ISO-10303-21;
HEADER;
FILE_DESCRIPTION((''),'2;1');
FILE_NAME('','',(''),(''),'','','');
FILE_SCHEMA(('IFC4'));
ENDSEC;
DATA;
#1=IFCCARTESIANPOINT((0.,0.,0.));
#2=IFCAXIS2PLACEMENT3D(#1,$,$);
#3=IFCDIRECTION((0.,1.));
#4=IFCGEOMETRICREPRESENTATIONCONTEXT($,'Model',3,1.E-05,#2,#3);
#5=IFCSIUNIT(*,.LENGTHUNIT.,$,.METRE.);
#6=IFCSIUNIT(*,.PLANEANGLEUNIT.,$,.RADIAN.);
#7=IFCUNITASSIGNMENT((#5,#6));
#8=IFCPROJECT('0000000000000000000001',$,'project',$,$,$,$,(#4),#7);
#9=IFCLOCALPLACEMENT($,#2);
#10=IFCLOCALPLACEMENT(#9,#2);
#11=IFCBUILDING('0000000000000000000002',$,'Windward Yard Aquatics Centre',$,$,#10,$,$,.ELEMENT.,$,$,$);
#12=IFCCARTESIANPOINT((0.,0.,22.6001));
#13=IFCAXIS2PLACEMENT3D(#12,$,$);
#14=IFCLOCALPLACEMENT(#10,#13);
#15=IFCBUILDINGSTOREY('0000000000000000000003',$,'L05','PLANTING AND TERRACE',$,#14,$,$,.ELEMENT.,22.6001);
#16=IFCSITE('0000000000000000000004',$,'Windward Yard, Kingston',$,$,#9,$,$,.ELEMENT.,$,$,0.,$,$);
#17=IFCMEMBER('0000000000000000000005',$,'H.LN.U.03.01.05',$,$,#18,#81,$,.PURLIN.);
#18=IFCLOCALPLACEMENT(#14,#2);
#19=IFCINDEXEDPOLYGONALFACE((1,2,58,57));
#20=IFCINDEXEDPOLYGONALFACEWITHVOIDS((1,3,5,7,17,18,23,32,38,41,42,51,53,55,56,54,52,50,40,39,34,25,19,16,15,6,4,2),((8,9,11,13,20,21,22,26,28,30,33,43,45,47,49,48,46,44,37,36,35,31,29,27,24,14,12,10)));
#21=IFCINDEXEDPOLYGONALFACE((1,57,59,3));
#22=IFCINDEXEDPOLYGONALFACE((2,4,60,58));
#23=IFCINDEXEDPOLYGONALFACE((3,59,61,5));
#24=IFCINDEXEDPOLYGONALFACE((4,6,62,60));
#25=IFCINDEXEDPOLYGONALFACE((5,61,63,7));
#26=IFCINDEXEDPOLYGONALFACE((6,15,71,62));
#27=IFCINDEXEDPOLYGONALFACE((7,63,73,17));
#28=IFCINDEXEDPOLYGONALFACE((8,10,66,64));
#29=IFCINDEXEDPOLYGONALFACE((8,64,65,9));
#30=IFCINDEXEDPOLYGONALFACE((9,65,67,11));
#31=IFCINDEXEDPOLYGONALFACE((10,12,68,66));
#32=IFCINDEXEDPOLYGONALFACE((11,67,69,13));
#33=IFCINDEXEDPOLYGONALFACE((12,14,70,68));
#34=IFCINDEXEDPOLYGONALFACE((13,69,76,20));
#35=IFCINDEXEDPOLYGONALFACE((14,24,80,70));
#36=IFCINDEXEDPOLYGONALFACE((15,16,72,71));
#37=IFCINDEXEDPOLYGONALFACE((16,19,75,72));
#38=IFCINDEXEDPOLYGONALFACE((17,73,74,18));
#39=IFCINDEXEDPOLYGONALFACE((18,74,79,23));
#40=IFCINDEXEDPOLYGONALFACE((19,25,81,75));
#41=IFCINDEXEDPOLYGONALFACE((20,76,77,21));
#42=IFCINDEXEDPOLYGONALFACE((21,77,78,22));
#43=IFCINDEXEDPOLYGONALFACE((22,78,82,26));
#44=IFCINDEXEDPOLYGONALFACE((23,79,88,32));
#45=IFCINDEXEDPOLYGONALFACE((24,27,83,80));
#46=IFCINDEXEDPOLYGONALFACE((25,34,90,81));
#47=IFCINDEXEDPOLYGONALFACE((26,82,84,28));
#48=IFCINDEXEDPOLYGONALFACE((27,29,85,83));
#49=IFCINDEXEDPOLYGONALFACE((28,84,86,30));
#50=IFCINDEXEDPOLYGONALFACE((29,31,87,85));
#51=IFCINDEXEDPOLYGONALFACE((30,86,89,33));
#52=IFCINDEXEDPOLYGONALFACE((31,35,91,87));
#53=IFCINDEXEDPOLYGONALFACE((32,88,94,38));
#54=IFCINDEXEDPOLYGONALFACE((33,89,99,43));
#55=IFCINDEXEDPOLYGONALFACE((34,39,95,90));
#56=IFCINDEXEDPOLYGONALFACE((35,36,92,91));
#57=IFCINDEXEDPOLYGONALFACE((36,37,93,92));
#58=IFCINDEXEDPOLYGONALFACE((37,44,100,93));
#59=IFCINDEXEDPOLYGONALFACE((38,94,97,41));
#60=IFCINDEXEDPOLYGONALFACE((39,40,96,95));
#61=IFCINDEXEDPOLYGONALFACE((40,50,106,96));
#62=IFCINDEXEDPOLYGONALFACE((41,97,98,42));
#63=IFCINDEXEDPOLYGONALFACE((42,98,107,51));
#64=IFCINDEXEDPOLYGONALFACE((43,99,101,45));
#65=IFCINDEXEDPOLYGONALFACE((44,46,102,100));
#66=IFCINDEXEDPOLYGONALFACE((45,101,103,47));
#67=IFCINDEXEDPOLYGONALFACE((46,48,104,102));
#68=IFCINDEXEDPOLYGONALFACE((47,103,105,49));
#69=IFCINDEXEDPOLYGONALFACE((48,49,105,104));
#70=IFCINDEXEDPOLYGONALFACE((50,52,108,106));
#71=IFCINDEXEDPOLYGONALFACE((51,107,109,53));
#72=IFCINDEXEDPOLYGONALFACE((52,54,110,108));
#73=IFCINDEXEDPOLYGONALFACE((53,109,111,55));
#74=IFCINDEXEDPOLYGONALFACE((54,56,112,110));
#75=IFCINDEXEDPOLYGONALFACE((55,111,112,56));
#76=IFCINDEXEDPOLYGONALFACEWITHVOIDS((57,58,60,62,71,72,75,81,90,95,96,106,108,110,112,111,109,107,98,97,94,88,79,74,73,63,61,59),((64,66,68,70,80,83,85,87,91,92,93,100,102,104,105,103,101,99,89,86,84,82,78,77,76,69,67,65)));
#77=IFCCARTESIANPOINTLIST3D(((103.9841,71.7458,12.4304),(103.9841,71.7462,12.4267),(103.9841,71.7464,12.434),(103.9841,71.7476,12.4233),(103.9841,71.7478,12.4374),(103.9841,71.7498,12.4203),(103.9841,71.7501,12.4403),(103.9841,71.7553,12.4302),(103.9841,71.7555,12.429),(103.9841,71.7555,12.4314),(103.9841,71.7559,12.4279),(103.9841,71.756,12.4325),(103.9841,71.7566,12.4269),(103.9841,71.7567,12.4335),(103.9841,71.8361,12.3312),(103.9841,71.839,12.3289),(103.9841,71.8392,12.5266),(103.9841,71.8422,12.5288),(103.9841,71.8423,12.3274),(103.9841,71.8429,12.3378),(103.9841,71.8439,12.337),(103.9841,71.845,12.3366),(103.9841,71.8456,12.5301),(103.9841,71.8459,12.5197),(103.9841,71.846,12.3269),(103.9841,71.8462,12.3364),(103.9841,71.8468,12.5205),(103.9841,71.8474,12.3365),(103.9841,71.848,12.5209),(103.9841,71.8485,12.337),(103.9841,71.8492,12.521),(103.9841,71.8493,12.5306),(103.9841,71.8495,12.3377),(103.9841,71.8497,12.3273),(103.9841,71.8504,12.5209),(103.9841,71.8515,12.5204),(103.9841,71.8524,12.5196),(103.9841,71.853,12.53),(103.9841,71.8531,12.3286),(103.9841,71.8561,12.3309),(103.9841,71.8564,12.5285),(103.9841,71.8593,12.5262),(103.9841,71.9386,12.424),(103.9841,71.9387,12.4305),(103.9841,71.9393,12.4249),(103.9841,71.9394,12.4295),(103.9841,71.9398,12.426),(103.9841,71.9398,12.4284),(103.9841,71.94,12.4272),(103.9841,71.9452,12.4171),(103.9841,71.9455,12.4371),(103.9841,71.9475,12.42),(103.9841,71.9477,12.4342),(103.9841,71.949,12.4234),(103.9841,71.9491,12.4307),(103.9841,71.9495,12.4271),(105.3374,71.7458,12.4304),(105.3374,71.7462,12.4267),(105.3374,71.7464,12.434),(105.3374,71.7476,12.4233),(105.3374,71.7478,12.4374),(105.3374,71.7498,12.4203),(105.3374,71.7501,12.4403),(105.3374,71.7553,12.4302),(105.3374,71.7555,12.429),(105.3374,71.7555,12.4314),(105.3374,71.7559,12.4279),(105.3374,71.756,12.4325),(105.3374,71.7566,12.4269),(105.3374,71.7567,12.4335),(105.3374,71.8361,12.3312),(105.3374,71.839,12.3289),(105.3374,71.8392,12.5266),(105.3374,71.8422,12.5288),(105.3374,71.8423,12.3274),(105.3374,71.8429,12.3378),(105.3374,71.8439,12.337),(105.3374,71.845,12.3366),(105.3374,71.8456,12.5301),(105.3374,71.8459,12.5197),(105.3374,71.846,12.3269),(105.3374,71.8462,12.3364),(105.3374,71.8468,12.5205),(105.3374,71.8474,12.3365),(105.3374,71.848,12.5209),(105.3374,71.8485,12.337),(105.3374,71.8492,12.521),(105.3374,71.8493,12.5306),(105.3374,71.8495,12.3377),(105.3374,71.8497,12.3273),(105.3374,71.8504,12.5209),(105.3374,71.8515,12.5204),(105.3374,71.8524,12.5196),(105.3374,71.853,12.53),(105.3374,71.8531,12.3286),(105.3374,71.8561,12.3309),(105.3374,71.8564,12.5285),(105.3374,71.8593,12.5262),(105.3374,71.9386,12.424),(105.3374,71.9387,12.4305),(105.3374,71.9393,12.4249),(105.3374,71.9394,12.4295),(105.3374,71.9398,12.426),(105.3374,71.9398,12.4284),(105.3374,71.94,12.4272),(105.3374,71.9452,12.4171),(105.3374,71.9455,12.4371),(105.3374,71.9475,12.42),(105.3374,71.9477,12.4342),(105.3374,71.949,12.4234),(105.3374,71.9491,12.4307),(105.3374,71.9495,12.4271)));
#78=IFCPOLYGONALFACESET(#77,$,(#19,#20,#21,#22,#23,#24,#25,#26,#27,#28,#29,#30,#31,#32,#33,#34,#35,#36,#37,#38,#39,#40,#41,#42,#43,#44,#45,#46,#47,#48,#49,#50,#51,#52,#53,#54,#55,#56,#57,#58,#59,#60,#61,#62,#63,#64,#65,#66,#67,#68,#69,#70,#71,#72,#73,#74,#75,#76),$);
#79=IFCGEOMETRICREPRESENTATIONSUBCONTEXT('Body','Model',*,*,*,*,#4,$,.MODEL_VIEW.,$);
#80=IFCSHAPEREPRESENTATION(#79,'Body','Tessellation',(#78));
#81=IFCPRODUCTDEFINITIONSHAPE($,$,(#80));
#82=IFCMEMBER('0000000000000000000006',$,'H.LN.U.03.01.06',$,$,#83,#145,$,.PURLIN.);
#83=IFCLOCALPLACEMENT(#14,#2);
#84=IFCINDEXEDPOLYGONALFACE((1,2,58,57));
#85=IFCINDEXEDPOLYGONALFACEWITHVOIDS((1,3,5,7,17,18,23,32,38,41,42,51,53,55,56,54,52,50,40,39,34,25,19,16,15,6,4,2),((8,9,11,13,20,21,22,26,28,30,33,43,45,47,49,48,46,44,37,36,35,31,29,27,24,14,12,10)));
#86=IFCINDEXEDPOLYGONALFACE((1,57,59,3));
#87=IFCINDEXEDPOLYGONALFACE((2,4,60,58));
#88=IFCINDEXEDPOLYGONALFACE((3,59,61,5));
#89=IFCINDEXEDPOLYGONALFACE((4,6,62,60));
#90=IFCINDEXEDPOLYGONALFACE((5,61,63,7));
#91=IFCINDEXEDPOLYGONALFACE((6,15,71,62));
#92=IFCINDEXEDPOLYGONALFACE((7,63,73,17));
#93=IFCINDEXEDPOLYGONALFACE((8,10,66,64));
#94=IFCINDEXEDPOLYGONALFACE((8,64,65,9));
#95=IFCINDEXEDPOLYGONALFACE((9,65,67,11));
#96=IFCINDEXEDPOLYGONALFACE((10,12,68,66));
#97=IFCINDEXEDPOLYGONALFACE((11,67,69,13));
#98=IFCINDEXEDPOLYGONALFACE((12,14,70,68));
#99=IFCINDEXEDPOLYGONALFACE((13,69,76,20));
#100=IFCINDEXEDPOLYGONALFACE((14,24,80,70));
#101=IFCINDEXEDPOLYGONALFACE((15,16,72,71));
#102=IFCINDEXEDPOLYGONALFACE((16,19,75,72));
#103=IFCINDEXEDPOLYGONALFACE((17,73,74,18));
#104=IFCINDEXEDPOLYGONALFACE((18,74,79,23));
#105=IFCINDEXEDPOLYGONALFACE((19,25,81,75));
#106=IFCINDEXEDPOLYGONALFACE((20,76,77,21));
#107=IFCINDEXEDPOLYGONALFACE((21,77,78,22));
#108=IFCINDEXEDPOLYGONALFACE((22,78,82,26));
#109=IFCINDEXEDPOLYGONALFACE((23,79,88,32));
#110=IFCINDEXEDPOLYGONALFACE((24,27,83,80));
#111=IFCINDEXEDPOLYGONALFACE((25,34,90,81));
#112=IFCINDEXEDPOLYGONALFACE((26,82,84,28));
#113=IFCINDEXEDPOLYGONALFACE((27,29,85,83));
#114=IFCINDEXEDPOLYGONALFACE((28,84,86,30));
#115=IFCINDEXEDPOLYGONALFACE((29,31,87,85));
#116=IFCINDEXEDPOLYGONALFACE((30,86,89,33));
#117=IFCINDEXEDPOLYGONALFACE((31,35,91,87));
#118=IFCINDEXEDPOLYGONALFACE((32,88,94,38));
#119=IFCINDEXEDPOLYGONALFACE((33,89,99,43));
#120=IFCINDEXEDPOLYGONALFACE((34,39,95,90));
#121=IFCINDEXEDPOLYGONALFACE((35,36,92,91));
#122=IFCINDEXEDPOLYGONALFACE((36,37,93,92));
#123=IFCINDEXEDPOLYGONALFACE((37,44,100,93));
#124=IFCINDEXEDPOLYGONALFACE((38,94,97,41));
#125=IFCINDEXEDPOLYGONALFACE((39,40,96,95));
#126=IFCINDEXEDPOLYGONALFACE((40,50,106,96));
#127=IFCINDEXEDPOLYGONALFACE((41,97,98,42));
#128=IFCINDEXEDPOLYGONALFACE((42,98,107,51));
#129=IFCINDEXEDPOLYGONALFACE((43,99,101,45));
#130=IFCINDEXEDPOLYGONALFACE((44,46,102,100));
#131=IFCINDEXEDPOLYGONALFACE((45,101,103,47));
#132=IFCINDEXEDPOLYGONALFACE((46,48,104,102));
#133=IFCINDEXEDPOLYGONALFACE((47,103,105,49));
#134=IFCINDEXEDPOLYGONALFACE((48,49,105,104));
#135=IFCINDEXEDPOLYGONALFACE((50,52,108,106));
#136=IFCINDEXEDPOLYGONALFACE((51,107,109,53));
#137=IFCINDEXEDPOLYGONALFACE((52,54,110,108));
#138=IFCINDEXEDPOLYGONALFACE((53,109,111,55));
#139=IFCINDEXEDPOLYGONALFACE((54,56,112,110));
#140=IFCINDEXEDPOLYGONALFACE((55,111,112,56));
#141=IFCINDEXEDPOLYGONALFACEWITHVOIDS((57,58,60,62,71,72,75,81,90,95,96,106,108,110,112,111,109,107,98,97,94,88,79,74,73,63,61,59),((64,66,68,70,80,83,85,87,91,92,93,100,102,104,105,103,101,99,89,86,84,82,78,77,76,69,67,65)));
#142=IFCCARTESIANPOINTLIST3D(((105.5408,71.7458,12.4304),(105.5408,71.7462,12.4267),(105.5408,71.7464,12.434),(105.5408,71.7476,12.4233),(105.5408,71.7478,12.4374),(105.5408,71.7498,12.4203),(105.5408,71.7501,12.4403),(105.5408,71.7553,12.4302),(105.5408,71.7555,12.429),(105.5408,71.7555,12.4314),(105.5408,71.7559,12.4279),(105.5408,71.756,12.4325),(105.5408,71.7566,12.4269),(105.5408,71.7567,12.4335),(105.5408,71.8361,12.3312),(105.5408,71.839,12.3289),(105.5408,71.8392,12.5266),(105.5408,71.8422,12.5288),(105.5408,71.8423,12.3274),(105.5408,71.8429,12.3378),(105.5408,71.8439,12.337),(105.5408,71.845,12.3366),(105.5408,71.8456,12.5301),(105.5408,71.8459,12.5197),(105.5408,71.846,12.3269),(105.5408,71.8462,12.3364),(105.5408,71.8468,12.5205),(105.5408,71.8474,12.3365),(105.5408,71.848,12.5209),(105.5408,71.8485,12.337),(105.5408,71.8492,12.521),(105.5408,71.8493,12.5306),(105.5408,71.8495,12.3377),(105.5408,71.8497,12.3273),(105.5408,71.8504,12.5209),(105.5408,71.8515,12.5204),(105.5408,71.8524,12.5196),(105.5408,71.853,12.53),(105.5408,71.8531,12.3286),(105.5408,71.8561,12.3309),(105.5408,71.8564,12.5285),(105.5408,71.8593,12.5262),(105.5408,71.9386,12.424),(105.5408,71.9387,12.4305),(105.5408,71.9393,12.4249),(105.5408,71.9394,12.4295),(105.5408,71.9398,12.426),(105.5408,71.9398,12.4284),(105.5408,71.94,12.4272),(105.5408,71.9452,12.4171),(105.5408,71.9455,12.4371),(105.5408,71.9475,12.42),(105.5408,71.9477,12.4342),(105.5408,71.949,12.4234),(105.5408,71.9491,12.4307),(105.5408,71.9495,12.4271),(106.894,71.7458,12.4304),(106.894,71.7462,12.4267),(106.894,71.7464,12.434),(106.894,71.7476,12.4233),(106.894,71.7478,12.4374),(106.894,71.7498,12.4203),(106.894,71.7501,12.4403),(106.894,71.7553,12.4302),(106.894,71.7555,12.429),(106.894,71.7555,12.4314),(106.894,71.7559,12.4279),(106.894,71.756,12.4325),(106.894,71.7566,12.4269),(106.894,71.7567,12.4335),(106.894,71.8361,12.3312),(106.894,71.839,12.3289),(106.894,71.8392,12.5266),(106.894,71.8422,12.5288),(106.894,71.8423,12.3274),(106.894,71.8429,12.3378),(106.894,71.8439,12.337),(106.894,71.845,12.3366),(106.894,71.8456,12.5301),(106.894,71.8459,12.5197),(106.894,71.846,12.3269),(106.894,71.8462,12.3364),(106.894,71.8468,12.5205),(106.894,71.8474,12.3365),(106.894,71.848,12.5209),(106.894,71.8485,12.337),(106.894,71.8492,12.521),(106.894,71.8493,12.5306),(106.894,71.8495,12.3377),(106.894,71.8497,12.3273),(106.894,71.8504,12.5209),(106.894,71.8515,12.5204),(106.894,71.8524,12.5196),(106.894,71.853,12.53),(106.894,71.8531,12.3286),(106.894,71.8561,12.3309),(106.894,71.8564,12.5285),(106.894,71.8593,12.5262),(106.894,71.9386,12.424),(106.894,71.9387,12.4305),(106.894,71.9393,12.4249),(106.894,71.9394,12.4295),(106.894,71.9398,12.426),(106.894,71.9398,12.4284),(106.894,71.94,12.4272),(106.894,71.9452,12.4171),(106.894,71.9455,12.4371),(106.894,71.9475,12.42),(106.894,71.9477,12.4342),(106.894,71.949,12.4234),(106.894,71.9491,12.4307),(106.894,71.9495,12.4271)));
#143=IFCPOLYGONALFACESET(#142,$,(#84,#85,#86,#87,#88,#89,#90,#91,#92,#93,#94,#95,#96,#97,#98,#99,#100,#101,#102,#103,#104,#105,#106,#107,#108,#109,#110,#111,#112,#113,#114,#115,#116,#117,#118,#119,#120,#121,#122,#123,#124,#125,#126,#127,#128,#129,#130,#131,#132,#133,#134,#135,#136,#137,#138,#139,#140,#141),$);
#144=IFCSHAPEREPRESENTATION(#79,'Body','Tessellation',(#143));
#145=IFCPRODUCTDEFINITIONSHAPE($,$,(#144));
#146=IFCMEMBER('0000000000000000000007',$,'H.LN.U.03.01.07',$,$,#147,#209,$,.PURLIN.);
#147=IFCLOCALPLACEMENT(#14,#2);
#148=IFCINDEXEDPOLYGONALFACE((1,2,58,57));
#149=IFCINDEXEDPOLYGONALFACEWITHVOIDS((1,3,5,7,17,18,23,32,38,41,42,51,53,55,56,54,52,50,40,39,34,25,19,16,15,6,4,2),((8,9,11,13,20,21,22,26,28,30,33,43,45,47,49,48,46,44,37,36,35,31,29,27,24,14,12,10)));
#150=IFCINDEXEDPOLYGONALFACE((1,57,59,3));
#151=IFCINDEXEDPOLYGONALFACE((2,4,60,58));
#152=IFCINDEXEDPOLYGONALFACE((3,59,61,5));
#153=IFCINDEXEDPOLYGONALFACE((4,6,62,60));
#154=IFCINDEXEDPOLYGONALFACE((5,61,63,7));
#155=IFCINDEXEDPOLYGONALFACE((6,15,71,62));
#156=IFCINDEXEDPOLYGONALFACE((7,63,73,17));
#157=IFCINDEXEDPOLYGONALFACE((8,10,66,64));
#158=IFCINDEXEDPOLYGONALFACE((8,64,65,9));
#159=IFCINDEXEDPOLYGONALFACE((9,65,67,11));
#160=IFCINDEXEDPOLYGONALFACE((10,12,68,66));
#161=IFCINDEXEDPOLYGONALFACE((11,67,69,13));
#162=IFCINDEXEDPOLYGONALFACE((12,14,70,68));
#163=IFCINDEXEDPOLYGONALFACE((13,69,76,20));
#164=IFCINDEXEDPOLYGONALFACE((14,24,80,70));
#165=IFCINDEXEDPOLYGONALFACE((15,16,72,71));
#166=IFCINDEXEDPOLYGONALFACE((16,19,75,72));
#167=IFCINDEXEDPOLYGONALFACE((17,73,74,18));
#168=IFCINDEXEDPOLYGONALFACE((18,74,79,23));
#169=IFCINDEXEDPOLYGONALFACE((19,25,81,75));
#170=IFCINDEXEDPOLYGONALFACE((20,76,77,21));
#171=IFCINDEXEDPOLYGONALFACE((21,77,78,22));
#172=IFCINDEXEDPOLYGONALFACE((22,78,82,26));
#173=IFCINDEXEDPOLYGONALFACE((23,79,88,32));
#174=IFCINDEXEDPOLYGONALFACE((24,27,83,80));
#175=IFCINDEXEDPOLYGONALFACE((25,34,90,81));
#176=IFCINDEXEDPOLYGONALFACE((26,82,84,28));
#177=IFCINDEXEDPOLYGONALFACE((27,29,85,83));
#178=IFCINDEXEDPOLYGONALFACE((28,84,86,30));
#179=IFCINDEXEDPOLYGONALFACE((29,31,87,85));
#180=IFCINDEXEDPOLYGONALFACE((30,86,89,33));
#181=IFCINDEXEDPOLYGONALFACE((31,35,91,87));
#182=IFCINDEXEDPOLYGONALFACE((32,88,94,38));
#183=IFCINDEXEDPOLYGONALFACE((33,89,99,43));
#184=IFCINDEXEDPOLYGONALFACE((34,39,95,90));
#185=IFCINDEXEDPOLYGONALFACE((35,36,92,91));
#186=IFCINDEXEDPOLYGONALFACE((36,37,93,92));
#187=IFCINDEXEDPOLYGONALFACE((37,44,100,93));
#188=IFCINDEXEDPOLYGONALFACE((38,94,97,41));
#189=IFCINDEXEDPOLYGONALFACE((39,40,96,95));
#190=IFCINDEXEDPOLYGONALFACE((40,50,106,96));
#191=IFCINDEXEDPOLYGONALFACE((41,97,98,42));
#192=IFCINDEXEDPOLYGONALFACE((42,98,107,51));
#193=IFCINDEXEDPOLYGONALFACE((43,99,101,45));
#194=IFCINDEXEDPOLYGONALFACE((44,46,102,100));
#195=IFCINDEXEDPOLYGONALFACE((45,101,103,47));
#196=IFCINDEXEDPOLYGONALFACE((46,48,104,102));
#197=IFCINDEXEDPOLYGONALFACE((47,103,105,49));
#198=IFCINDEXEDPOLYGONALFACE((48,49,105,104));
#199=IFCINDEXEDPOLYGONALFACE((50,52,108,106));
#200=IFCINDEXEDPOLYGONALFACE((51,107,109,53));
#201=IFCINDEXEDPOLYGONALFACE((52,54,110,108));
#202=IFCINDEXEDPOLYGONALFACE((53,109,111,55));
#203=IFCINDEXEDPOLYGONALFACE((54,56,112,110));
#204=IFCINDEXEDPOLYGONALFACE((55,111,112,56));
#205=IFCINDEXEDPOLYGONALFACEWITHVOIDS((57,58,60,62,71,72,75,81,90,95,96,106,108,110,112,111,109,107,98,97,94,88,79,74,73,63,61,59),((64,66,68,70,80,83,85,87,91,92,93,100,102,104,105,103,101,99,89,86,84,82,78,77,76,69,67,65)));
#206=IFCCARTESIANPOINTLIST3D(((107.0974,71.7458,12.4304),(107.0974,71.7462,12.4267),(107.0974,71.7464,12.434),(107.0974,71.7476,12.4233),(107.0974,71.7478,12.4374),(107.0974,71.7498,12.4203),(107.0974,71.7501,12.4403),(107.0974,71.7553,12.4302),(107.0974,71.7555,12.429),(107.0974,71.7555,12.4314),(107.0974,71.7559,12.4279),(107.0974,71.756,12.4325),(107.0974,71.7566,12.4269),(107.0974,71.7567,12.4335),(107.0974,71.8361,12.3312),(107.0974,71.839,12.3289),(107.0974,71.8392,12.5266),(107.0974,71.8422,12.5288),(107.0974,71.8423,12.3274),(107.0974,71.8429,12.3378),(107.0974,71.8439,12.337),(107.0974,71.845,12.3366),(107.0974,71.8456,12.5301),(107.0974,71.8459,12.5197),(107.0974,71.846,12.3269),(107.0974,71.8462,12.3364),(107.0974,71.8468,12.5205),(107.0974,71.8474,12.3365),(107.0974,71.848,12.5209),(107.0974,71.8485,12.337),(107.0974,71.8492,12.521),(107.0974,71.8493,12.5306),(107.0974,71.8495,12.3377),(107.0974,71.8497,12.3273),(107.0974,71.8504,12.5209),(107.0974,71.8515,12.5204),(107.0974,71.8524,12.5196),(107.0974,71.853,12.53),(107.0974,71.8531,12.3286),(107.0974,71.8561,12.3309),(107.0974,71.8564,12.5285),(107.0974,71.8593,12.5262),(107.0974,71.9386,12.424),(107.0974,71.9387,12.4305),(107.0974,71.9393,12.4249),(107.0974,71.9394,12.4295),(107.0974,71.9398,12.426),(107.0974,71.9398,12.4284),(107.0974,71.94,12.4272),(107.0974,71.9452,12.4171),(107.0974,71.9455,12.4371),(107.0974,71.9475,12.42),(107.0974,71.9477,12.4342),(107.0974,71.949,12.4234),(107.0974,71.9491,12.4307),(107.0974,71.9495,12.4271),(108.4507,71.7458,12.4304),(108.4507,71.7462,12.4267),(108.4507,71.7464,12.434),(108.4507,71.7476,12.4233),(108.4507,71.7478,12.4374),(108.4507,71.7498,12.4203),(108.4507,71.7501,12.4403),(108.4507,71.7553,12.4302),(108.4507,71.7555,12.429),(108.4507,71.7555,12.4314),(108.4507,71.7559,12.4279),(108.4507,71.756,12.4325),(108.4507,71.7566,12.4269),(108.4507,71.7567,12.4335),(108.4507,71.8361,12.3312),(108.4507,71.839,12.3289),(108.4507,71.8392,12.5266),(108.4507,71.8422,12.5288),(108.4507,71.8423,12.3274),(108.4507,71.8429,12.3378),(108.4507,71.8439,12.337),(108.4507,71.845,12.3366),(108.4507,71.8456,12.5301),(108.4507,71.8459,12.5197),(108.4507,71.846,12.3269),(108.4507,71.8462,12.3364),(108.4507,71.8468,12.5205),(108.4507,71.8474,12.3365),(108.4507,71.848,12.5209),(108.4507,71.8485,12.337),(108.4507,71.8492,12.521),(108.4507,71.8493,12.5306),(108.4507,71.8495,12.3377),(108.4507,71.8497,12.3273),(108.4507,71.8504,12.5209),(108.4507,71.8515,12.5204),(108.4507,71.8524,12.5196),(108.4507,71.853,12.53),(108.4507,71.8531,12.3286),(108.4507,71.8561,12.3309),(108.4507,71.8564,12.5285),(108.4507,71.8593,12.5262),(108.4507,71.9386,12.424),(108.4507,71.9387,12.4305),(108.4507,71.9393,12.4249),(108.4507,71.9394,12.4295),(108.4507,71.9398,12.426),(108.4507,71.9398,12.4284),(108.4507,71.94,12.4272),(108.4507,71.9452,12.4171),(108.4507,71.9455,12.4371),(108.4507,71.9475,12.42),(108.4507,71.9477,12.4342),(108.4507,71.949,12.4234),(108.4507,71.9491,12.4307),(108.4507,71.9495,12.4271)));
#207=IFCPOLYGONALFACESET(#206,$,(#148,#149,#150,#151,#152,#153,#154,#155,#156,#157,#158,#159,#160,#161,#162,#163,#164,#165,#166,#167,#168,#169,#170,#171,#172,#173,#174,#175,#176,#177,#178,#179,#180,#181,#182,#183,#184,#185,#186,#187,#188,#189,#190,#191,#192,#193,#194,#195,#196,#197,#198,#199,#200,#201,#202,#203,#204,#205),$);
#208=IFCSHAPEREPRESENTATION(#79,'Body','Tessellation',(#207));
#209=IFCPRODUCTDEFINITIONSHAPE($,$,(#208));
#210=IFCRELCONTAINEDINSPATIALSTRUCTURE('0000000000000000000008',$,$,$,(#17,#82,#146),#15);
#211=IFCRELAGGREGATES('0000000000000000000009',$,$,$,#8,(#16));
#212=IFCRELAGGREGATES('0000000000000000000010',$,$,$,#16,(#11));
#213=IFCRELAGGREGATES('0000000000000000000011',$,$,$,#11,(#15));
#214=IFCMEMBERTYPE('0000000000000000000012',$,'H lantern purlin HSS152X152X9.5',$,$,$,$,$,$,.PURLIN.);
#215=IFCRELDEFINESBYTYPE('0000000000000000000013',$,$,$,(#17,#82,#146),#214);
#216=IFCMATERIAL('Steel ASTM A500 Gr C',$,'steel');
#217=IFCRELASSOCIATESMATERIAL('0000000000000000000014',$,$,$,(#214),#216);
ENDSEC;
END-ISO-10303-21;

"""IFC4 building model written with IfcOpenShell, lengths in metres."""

from ifc_helpers import new_model, si_unit, direction, frame, origin, origin_2d, place, context, subcontext, project, spatial, hollow_rectangle, extrude, material, material_profile, profile_set, type_object, element, save


model = new_model("IFC4")

# Units and contexts
model_context = context("Model", 3, precision=1e-05, world=origin(), true_north=direction((0.0, 1.0)))
body_context = subcontext(model_context, "Body", "Model", "MODEL_VIEW")
ifc_project = project(units=[si_unit("LENGTHUNIT", "METRE"), si_unit("PLANEANGLEUNIT", "RADIAN")], contexts=[model_context])

# Site, building, storey
site_placement = place(None, origin())
site = spatial("IfcSite", under=ifc_project, at=site_placement, Name="Windward Yard, Kingston", CompositionType="ELEMENT", RefElevation=0.0)
building_placement = place(site_placement, origin())
building = spatial("IfcBuilding", under=site, at=building_placement, Name="Windward Yard Aquatics Centre", CompositionType="ELEMENT")
storey_placement = place(building_placement, frame((0.0, 0.0, 22.6001)))
storey = spatial("IfcBuildingStorey", under=building, at=storey_placement, Name="L05", Description="PLANTING AND TERRACE", CompositionType="ELEMENT", Elevation=22.6001)

# Members
ifc_material_1 = material(Name="Steel ASTM A500 Gr C", Category="steel")
ifc_material_profile_1 = material_profile(ifc_material_1, hollow_rectangle(XDim=0.1523, YDim=0.1523, WallThickness=0.0095, InnerFilletRadius=0.0046, OuterFilletRadius=0.0142, at=origin_2d()), Name="HSS152X152X9.5")
ifc_profile_set_1 = profile_set([ifc_material_profile_1], Name="Steel ASTM A500 Gr C")
member_type_1 = type_object("IfcMemberType", Name="H lantern purlin HSS152X152X9.5", PredefinedType="PURLIN", material=ifc_profile_set_1)
for number, where, z_axis, x_axis, name in (
    (1, (103.9841, 71.8477, 12.4287), (1.0, 0.0, 0.0), (0.0, 0.69555, -0.718477), "H.LN.U.03.01.05"),
    (2, (105.5408, 71.8477, 12.4287), (1.0, 0.0, 0.0), (0.0, 0.69555, -0.718477), "H.LN.U.03.01.06"),
    (3, (107.0974, 71.8477, 12.4287), (1.0, 0.0, 0.0), (0.0, 0.69555, -0.718477), "H.LN.U.03.01.07"),
):
    element("IfcMember", number, at=place(storey_placement, frame(where, z_axis=z_axis, x_axis=x_axis)), inside=storey, type_object=member_type_1, Name=name, PredefinedType="PURLIN", context=body_context, shape_type="SweptSolid", body=[
        extrude(hollow_rectangle(XDim=0.1523, YDim=0.1523, WallThickness=0.0095, InnerFilletRadius=0.0046, OuterFilletRadius=0.0142, at=origin_2d()), origin(), (0.0, 0.0, 1.0), 1.3533),
    ])

save(model, "model.ifc")
